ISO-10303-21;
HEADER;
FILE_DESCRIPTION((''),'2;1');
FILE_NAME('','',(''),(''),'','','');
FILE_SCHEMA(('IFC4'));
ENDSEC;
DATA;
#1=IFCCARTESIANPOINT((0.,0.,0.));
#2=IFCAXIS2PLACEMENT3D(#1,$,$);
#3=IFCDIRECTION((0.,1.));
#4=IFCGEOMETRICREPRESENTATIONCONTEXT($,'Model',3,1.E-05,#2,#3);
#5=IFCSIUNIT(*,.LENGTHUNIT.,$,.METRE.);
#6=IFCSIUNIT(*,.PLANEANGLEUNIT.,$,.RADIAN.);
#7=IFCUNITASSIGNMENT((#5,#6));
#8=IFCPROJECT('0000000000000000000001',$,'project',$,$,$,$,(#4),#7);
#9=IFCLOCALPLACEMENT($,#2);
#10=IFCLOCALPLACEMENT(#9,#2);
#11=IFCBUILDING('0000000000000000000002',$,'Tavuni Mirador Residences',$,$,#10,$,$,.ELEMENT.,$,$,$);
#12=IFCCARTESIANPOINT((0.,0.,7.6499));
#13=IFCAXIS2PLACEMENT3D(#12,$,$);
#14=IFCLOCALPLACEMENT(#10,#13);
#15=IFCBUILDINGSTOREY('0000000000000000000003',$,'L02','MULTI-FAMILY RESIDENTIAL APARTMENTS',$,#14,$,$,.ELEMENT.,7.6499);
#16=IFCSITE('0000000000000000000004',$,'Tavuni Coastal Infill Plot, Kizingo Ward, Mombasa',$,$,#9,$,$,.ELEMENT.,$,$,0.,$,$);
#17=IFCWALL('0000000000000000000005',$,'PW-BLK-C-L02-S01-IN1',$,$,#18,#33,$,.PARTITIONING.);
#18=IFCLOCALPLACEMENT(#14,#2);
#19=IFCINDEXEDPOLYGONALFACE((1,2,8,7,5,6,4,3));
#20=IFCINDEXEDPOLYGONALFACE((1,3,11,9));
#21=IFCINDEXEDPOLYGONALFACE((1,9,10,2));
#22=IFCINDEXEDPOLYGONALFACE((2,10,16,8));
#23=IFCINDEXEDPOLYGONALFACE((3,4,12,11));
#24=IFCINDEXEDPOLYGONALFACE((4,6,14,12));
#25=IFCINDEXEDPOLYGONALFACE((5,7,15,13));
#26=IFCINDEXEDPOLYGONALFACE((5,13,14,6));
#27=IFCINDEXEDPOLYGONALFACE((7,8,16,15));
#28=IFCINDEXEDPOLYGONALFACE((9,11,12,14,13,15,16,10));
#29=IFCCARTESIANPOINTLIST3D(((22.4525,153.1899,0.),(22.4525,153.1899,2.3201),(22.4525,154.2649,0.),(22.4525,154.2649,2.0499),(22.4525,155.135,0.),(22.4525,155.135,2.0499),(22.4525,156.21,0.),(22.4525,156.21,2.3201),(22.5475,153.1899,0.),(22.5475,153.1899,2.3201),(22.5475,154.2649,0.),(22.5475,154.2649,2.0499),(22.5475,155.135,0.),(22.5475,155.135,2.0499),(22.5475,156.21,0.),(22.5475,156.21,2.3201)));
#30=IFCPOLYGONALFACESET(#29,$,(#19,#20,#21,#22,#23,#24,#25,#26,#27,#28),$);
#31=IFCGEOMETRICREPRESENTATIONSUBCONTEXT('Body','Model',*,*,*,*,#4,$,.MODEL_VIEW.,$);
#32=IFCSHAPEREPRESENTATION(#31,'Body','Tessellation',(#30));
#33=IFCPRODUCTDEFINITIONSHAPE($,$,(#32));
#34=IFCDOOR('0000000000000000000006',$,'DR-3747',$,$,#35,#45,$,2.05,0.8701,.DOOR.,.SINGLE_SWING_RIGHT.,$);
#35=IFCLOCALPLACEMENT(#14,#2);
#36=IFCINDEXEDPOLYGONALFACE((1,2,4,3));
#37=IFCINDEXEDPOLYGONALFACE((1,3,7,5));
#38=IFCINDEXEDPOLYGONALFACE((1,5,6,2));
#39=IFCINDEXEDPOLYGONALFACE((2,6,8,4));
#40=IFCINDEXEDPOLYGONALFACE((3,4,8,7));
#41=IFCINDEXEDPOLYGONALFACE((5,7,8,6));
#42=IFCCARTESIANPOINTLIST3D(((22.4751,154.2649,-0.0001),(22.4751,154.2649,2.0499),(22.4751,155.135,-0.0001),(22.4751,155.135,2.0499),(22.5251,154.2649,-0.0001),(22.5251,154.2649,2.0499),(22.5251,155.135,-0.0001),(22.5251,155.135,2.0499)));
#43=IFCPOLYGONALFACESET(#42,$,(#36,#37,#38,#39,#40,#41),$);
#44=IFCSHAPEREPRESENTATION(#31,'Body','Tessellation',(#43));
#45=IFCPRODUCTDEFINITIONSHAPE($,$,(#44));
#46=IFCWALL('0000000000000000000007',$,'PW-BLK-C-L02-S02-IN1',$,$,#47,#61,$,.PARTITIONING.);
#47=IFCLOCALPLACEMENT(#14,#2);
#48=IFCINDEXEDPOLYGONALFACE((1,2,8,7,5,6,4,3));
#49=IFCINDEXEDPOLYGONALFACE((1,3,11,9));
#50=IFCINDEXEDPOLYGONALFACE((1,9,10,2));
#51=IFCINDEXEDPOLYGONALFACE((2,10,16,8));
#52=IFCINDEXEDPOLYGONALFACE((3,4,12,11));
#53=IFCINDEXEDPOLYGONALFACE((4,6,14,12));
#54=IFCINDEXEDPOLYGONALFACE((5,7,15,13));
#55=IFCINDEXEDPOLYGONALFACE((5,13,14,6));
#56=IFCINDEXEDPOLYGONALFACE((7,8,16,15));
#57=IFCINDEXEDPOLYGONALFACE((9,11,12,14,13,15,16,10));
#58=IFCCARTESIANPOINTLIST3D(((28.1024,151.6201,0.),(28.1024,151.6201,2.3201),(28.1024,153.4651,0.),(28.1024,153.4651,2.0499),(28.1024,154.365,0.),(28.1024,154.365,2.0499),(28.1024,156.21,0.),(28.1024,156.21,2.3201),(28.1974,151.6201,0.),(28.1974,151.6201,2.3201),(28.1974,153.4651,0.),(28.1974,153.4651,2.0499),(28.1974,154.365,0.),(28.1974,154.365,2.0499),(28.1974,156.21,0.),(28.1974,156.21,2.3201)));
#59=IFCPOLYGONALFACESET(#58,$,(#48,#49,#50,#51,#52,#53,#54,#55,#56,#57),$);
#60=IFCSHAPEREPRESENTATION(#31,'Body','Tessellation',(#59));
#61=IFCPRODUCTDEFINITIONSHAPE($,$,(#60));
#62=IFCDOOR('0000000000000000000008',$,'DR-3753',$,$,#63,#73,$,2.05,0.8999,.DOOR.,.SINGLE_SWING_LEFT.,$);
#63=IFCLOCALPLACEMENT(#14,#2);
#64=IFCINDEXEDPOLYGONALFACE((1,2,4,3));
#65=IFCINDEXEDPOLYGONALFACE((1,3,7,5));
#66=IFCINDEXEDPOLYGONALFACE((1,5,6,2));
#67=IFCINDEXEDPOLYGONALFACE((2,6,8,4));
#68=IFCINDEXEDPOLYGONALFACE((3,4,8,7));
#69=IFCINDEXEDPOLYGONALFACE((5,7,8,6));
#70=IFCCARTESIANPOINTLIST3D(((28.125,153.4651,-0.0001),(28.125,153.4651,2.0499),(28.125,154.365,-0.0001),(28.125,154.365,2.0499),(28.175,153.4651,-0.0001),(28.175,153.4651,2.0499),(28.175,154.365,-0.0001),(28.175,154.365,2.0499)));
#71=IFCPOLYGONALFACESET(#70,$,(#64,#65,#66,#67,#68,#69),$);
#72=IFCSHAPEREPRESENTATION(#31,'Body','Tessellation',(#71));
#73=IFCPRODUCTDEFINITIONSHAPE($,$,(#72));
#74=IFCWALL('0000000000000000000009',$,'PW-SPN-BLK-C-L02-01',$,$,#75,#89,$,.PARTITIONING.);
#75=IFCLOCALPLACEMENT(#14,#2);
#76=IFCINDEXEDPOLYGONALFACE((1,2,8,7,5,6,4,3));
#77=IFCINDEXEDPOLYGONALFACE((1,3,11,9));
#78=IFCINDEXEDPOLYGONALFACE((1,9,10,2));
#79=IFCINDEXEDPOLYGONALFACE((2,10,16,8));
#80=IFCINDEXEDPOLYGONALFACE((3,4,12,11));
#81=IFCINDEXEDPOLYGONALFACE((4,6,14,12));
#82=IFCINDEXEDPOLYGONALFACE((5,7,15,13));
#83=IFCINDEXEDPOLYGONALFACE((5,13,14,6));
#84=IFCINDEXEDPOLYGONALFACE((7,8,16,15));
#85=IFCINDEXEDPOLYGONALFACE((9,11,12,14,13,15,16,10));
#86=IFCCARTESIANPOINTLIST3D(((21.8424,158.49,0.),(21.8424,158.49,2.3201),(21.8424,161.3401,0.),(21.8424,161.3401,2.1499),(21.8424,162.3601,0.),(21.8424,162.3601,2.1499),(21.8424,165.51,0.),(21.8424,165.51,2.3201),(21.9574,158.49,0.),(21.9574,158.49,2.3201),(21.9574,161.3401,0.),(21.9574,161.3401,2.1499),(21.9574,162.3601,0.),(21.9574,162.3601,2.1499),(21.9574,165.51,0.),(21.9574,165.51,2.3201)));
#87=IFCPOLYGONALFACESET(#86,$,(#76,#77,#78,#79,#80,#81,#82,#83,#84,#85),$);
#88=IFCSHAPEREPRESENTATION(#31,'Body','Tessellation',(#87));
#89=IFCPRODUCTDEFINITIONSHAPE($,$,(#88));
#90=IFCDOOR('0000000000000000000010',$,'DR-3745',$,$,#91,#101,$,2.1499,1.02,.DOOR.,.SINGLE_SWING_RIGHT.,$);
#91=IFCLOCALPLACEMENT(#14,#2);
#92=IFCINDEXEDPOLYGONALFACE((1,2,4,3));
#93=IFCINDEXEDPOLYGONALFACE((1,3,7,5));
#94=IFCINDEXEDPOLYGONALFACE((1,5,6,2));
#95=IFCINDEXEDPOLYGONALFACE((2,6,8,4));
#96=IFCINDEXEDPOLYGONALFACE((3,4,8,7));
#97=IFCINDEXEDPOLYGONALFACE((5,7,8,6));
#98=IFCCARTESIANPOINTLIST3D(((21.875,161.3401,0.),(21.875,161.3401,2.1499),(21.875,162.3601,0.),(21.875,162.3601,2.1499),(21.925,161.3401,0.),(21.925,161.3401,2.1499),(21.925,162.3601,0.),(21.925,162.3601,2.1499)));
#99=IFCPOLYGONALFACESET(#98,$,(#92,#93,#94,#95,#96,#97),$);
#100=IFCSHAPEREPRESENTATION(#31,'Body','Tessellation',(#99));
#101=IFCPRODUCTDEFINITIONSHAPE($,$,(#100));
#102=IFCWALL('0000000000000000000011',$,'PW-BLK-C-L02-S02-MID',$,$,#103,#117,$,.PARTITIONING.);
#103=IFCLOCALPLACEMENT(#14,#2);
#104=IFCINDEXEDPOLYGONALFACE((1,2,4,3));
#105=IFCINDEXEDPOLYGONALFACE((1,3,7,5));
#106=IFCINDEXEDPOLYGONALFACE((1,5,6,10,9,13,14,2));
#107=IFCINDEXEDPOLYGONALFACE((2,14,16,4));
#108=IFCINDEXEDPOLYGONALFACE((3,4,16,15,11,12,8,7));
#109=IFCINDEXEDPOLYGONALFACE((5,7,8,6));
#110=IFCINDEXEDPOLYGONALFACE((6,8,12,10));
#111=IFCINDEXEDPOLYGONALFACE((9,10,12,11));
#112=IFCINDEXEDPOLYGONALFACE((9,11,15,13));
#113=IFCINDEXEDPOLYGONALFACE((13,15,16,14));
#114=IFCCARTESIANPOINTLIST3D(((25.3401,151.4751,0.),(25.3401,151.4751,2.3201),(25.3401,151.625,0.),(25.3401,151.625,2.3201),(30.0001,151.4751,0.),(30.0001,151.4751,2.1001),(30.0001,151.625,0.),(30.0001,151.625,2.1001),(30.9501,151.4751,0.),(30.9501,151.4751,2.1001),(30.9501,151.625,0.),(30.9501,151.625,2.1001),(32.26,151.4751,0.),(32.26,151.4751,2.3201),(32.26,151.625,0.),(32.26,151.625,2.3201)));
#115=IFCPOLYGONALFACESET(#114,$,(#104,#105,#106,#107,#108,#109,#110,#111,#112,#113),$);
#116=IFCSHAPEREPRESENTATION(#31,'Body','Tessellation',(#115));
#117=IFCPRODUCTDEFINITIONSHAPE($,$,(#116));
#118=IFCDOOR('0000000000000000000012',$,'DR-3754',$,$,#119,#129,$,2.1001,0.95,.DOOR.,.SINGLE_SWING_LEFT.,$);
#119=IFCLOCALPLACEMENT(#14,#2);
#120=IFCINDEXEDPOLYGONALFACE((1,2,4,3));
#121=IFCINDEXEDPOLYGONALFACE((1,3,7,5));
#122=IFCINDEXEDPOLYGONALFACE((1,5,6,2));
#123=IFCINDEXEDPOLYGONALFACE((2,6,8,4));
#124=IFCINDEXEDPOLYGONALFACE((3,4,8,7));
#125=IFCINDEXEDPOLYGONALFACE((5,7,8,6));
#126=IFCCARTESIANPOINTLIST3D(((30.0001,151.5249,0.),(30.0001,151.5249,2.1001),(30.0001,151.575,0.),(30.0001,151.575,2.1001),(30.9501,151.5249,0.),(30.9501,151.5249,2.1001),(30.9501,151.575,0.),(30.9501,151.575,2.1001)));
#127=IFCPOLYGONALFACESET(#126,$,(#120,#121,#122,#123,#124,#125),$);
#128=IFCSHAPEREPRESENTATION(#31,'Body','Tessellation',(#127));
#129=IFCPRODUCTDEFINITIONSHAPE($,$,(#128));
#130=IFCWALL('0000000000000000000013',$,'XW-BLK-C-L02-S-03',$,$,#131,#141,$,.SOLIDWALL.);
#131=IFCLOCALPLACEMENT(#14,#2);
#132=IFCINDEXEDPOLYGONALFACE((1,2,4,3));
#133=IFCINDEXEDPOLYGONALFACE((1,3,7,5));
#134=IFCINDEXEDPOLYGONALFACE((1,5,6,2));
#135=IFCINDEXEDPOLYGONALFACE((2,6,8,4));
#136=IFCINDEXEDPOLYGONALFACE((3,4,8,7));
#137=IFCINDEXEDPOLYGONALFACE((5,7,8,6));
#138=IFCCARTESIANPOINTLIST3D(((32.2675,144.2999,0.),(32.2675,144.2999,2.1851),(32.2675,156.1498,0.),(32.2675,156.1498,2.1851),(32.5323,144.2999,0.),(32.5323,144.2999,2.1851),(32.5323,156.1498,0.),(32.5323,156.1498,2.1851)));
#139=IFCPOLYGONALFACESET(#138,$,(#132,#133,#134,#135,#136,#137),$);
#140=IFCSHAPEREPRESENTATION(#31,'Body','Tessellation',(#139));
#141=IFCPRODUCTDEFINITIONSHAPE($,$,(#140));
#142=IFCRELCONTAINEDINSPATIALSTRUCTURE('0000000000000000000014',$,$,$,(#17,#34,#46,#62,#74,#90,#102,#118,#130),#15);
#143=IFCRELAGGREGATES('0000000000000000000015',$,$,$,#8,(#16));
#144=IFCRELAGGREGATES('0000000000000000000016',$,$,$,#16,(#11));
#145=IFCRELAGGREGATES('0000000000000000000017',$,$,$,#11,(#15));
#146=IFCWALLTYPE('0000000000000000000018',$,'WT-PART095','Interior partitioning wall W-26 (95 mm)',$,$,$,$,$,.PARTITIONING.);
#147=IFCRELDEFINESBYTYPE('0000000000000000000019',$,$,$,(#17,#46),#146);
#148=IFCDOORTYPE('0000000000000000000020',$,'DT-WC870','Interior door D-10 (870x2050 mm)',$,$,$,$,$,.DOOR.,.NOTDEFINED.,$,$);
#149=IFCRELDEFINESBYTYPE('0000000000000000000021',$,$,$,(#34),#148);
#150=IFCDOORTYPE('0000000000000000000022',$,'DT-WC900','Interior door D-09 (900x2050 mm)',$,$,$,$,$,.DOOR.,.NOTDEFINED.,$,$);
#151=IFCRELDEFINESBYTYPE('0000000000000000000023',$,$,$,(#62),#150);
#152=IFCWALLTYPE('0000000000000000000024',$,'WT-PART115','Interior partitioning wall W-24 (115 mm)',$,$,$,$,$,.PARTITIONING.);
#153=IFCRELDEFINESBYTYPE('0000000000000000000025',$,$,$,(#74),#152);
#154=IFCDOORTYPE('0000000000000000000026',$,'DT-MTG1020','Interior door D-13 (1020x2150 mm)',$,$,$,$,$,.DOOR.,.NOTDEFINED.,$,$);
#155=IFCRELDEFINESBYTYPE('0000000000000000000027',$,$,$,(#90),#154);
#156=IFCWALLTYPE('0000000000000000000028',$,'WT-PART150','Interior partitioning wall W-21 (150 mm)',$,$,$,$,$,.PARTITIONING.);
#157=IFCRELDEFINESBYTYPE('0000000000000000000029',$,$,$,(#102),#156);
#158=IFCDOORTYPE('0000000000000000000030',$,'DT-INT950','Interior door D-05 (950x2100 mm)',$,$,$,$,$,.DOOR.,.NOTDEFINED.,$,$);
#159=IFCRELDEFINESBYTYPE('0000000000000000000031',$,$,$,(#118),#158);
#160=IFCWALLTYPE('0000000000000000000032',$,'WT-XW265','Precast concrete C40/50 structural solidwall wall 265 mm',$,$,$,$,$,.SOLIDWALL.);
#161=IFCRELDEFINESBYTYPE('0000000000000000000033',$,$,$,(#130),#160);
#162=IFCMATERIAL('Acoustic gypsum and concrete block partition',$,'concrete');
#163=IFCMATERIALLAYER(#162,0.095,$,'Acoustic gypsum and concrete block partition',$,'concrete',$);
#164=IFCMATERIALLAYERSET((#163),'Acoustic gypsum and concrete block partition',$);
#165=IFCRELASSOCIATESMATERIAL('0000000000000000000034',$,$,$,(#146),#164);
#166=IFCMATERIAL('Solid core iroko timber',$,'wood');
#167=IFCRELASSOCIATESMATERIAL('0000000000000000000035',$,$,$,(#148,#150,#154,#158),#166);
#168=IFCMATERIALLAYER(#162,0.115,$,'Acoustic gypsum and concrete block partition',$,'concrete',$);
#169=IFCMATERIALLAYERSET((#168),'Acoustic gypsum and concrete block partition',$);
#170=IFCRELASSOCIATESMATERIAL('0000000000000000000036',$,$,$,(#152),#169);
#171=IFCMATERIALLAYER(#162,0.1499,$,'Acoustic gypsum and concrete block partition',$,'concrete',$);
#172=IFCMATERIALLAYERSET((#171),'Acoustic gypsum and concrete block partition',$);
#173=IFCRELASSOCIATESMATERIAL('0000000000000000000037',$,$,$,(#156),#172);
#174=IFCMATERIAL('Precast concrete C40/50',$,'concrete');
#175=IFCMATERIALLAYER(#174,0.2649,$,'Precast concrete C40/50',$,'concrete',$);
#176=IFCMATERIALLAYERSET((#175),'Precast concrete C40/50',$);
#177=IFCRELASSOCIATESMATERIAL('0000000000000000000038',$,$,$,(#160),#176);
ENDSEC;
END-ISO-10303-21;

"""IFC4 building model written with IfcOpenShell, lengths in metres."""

from ifc_helpers import new_model, si_unit, direction, frame, frame_2d, origin, place, context, subcontext, project, spatial, rectangle, extrude, material, layer, layer_set, type_object, element, fill, save


model = new_model("IFC4")

# Units and contexts
model_context = context("Model", 3, precision=1e-05, world=origin(), true_north=direction((0.0, 1.0)))
body_context = subcontext(model_context, "Body", "Model", "MODEL_VIEW")
ifc_project = project(units=[si_unit("LENGTHUNIT", "METRE"), si_unit("PLANEANGLEUNIT", "RADIAN")], contexts=[model_context])

# Site, building, storey
site_placement = place(None, origin())
site = spatial("IfcSite", under=ifc_project, at=site_placement, Name="Tavuni Coastal Infill Plot, Kizingo Ward, Mombasa", CompositionType="ELEMENT", RefElevation=0.0)
building_placement = place(site_placement, origin())
building = spatial("IfcBuilding", under=site, at=building_placement, Name="Tavuni Mirador Residences", CompositionType="ELEMENT")
storey_placement = place(building_placement, frame((0.0, 0.0, 7.6499)))
storey = spatial("IfcBuildingStorey", under=building, at=storey_placement, Name="L02", Description="MULTI-FAMILY RESIDENTIAL APARTMENTS", CompositionType="ELEMENT", Elevation=7.6499)

# Shared definitions
ifc_material_1 = material(Name="Precast concrete C40/50", Category="concrete")

# Walls, openings, doors
ifc_material_2 = material(Name="Solid core iroko timber", Category="wood")
ifc_material_3 = material(Name="Acoustic gypsum and concrete block partition", Category="concrete")
ifc_layer_1 = layer(ifc_material_3, 0.095, Name="Acoustic gypsum and concrete block partition", Category="concrete")
ifc_layer_set_1 = layer_set([ifc_layer_1], Name="Acoustic gypsum and concrete block partition")
wall_type_1 = type_object("IfcWallType", Name="WT-PART095", Description="Interior partitioning wall W-26 (95 mm)", PredefinedType="PARTITIONING", material=ifc_layer_set_1)
wall_1_placement = place(storey_placement, frame((22.5, 153.1899, 0.0), z_axis=(0.0, 0.0, 1.0), x_axis=(0.0, 1.0, 0.0)))
wall_1 = element("IfcWall", 1, at=wall_1_placement, inside=storey, type_object=wall_type_1, Name="PW-BLK-C-L02-S01-IN1", PredefinedType="PARTITIONING", context=body_context, shape_type="SweptSolid", body=[
    extrude(rectangle(XDim=3.02, YDim=0.095, at=frame_2d((1.51, 0.0))), origin(), (0.0, 0.0, 1.0), 2.3201),
])
opening_1_placement = place(wall_1_placement, frame((1.075, 0.0, 0.0)))
opening_1 = element("IfcOpeningElement", 2, at=opening_1_placement, cuts=wall_1, PredefinedType="OPENING", context=body_context, shape_type="SweptSolid", body=[
    extrude(rectangle(XDim=0.8701, YDim=2.05, at=frame_2d((0.4351, 1.0249))), frame((0.0, 0.0576, 0.0), z_axis=(0.0, -1.0, 0.0), x_axis=(1.0, 0.0, 0.0)), (0.0, 0.0, 1.0), 0.115),
])
door_type_1 = type_object("IfcDoorType", Name="DT-WC870", Description="Interior door D-10 (870x2050 mm)", OperationType="NOTDEFINED", PredefinedType="DOOR", material=ifc_material_2)
door_1_placement = place(opening_1_placement, origin())
door_1 = element("IfcDoor", 3, at=door_1_placement, inside=storey, type_object=door_type_1, Name="DR-3747", OperationType="SINGLE_SWING_RIGHT", OverallHeight=2.05, OverallWidth=0.8701, PredefinedType="DOOR", context=body_context, shape_type="SweptSolid", body=[
    extrude(rectangle(XDim=0.8701, YDim=2.05, at=frame_2d((0.4351, 1.0249))), frame((0.0, 0.0249, 0.0), z_axis=(0.0, -1.0, 0.0), x_axis=(1.0, 0.0, 0.0)), (0.0, 0.0, 1.0), 0.05),
])
fill(opening_1, door_1)
wall_2_placement = place(storey_placement, frame((28.1499, 151.6201, 0.0), z_axis=(0.0, 0.0, 1.0), x_axis=(0.0, 1.0, 0.0)))
wall_2 = element("IfcWall", 4, at=wall_2_placement, inside=storey, type_object=wall_type_1, Name="PW-BLK-C-L02-S02-IN1", PredefinedType="PARTITIONING", context=body_context, shape_type="SweptSolid", body=[
    extrude(rectangle(XDim=4.5898, YDim=0.095, at=frame_2d((2.2949, 0.0))), origin(), (0.0, 0.0, 1.0), 2.3201),
])
opening_2_placement = place(wall_2_placement, frame((1.845, 0.0, 0.0)))
opening_2 = element("IfcOpeningElement", 5, at=opening_2_placement, cuts=wall_2, PredefinedType="OPENING", context=body_context, shape_type="SweptSolid", body=[
    extrude(rectangle(XDim=0.8999, YDim=2.05, at=frame_2d((0.45, 1.0249))), frame((0.0, 0.0576, 0.0), z_axis=(0.0, -1.0, 0.0), x_axis=(1.0, 0.0, 0.0)), (0.0, 0.0, 1.0), 0.115),
])
door_type_2 = type_object("IfcDoorType", Name="DT-WC900", Description="Interior door D-09 (900x2050 mm)", OperationType="NOTDEFINED", PredefinedType="DOOR", material=ifc_material_2)
door_2_placement = place(opening_2_placement, origin())
door_2 = element("IfcDoor", 6, at=door_2_placement, inside=storey, type_object=door_type_2, Name="DR-3753", OperationType="SINGLE_SWING_LEFT", OverallHeight=2.05, OverallWidth=0.8999, PredefinedType="DOOR", context=body_context, shape_type="SweptSolid", body=[
    extrude(rectangle(XDim=0.8999, YDim=2.05, at=frame_2d((0.45, 1.0249))), frame((0.0, 0.0249, 0.0), z_axis=(0.0, -1.0, 0.0), x_axis=(1.0, 0.0, 0.0)), (0.0, 0.0, 1.0), 0.05),
])
fill(opening_2, door_2)
ifc_layer_2 = layer(ifc_material_3, 0.115, Name="Acoustic gypsum and concrete block partition", Category="concrete")
ifc_layer_set_2 = layer_set([ifc_layer_2], Name="Acoustic gypsum and concrete block partition")
wall_type_2 = type_object("IfcWallType", Name="WT-PART115", Description="Interior partitioning wall W-24 (115 mm)", PredefinedType="PARTITIONING", material=ifc_layer_set_2)
wall_3_placement = place(storey_placement, frame((21.8999, 158.49, 0.0), z_axis=(0.0, 0.0, 1.0), x_axis=(0.0, 1.0, 0.0)))
wall_3 = element("IfcWall", 7, at=wall_3_placement, inside=storey, type_object=wall_type_2, Name="PW-SPN-BLK-C-L02-01", PredefinedType="PARTITIONING", context=body_context, shape_type="SweptSolid", body=[
    extrude(rectangle(XDim=7.02, YDim=0.115, at=frame_2d((3.51, 0.0))), origin(), (0.0, 0.0, 1.0), 2.3201),
])
opening_3_placement = place(wall_3_placement, frame((2.8501, 0.0, 0.0)))
opening_3 = element("IfcOpeningElement", 8, at=opening_3_placement, cuts=wall_3, PredefinedType="OPENING", context=body_context, shape_type="SweptSolid", body=[
    extrude(rectangle(XDim=1.02, YDim=2.1499, at=frame_2d((0.51, 1.075))), frame((0.0, 0.0674, 0.0), z_axis=(0.0, -1.0, 0.0), x_axis=(1.0, 0.0, 0.0)), (0.0, 0.0, 1.0), 0.135),
])
door_type_3 = type_object("IfcDoorType", Name="DT-MTG1020", Description="Interior door D-13 (1020x2150 mm)", OperationType="NOTDEFINED", PredefinedType="DOOR", material=ifc_material_2)
door_3_placement = place(opening_3_placement, origin())
door_3 = element("IfcDoor", 9, at=door_3_placement, inside=storey, type_object=door_type_3, Name="DR-3745", OperationType="SINGLE_SWING_RIGHT", OverallHeight=2.1499, OverallWidth=1.02, PredefinedType="DOOR", context=body_context, shape_type="SweptSolid", body=[
    extrude(rectangle(XDim=1.02, YDim=2.1499, at=frame_2d((0.51, 1.075))), frame((0.0, 0.0249, 0.0), z_axis=(0.0, -1.0, 0.0), x_axis=(1.0, 0.0, 0.0)), (0.0, 0.0, 1.0), 0.05),
])
fill(opening_3, door_3)
ifc_layer_3 = layer(ifc_material_3, 0.1499, Name="Acoustic gypsum and concrete block partition", Category="concrete")
ifc_layer_set_3 = layer_set([ifc_layer_3], Name="Acoustic gypsum and concrete block partition")
wall_type_3 = type_object("IfcWallType", Name="WT-PART150", Description="Interior partitioning wall W-21 (150 mm)", PredefinedType="PARTITIONING", material=ifc_layer_set_3)
wall_4_placement = place(storey_placement, frame((25.3401, 151.55, 0.0), z_axis=(0.0, 0.0, 1.0), x_axis=(1.0, 0.0, 0.0)))
wall_4 = element("IfcWall", 10, at=wall_4_placement, inside=storey, type_object=wall_type_3, Name="PW-BLK-C-L02-S02-MID", PredefinedType="PARTITIONING", context=body_context, shape_type="SweptSolid", body=[
    extrude(rectangle(XDim=6.9199, YDim=0.1499, at=frame_2d((3.46, 0.0))), origin(), (0.0, 0.0, 1.0), 2.3201),
])
opening_4_placement = place(wall_4_placement, frame((4.6599, 0.0, 0.0)))
opening_4 = element("IfcOpeningElement", 11, at=opening_4_placement, cuts=wall_4, PredefinedType="OPENING", context=body_context, shape_type="SweptSolid", body=[
    extrude(rectangle(XDim=0.95, YDim=2.1001, at=frame_2d((0.4751, 1.05))), frame((0.0, 0.085, 0.0), z_axis=(0.0, -1.0, 0.0), x_axis=(1.0, 0.0, 0.0)), (0.0, 0.0, 1.0), 0.1699),
])
door_type_4 = type_object("IfcDoorType", Name="DT-INT950", Description="Interior door D-05 (950x2100 mm)", OperationType="NOTDEFINED", PredefinedType="DOOR", material=ifc_material_2)
door_4_placement = place(opening_4_placement, origin())
door_4 = element("IfcDoor", 12, at=door_4_placement, inside=storey, type_object=door_type_4, Name="DR-3754", OperationType="SINGLE_SWING_LEFT", OverallHeight=2.1001, OverallWidth=0.95, PredefinedType="DOOR", context=body_context, shape_type="SweptSolid", body=[
    extrude(rectangle(XDim=0.95, YDim=2.1001, at=frame_2d((0.4751, 1.05))), frame((0.0, 0.0249, 0.0), z_axis=(0.0, -1.0, 0.0), x_axis=(1.0, 0.0, 0.0)), (0.0, 0.0, 1.0), 0.05),
])
fill(opening_4, door_4)

# Wall
ifc_layer_4 = layer(ifc_material_1, 0.2649, Name="Precast concrete C40/50", Category="concrete")
ifc_layer_set_4 = layer_set([ifc_layer_4], Name="Precast concrete C40/50")
wall_type_4 = type_object("IfcWallType", Name="WT-XW265", Description="Precast concrete C40/50 structural solidwall wall 265 mm", PredefinedType="SOLIDWALL", material=ifc_layer_set_4)
wall_5_placement = place(storey_placement, frame((32.3999, 144.3, 0.0), z_axis=(0.0, 0.0, 1.0), x_axis=(0.0, 1.0, 0.0)))
element("IfcWall", 13, at=wall_5_placement, inside=storey, type_object=wall_type_4, Name="XW-BLK-C-L02-S-03", PredefinedType="SOLIDWALL", context=body_context, shape_type="SweptSolid", body=[
    extrude(rectangle(XDim=11.8499, YDim=0.2649, at=frame_2d((5.9248, 0.0))), origin(), (0.0, 0.0, 1.0), 2.1851),
])

save(model, "model.ifc")
